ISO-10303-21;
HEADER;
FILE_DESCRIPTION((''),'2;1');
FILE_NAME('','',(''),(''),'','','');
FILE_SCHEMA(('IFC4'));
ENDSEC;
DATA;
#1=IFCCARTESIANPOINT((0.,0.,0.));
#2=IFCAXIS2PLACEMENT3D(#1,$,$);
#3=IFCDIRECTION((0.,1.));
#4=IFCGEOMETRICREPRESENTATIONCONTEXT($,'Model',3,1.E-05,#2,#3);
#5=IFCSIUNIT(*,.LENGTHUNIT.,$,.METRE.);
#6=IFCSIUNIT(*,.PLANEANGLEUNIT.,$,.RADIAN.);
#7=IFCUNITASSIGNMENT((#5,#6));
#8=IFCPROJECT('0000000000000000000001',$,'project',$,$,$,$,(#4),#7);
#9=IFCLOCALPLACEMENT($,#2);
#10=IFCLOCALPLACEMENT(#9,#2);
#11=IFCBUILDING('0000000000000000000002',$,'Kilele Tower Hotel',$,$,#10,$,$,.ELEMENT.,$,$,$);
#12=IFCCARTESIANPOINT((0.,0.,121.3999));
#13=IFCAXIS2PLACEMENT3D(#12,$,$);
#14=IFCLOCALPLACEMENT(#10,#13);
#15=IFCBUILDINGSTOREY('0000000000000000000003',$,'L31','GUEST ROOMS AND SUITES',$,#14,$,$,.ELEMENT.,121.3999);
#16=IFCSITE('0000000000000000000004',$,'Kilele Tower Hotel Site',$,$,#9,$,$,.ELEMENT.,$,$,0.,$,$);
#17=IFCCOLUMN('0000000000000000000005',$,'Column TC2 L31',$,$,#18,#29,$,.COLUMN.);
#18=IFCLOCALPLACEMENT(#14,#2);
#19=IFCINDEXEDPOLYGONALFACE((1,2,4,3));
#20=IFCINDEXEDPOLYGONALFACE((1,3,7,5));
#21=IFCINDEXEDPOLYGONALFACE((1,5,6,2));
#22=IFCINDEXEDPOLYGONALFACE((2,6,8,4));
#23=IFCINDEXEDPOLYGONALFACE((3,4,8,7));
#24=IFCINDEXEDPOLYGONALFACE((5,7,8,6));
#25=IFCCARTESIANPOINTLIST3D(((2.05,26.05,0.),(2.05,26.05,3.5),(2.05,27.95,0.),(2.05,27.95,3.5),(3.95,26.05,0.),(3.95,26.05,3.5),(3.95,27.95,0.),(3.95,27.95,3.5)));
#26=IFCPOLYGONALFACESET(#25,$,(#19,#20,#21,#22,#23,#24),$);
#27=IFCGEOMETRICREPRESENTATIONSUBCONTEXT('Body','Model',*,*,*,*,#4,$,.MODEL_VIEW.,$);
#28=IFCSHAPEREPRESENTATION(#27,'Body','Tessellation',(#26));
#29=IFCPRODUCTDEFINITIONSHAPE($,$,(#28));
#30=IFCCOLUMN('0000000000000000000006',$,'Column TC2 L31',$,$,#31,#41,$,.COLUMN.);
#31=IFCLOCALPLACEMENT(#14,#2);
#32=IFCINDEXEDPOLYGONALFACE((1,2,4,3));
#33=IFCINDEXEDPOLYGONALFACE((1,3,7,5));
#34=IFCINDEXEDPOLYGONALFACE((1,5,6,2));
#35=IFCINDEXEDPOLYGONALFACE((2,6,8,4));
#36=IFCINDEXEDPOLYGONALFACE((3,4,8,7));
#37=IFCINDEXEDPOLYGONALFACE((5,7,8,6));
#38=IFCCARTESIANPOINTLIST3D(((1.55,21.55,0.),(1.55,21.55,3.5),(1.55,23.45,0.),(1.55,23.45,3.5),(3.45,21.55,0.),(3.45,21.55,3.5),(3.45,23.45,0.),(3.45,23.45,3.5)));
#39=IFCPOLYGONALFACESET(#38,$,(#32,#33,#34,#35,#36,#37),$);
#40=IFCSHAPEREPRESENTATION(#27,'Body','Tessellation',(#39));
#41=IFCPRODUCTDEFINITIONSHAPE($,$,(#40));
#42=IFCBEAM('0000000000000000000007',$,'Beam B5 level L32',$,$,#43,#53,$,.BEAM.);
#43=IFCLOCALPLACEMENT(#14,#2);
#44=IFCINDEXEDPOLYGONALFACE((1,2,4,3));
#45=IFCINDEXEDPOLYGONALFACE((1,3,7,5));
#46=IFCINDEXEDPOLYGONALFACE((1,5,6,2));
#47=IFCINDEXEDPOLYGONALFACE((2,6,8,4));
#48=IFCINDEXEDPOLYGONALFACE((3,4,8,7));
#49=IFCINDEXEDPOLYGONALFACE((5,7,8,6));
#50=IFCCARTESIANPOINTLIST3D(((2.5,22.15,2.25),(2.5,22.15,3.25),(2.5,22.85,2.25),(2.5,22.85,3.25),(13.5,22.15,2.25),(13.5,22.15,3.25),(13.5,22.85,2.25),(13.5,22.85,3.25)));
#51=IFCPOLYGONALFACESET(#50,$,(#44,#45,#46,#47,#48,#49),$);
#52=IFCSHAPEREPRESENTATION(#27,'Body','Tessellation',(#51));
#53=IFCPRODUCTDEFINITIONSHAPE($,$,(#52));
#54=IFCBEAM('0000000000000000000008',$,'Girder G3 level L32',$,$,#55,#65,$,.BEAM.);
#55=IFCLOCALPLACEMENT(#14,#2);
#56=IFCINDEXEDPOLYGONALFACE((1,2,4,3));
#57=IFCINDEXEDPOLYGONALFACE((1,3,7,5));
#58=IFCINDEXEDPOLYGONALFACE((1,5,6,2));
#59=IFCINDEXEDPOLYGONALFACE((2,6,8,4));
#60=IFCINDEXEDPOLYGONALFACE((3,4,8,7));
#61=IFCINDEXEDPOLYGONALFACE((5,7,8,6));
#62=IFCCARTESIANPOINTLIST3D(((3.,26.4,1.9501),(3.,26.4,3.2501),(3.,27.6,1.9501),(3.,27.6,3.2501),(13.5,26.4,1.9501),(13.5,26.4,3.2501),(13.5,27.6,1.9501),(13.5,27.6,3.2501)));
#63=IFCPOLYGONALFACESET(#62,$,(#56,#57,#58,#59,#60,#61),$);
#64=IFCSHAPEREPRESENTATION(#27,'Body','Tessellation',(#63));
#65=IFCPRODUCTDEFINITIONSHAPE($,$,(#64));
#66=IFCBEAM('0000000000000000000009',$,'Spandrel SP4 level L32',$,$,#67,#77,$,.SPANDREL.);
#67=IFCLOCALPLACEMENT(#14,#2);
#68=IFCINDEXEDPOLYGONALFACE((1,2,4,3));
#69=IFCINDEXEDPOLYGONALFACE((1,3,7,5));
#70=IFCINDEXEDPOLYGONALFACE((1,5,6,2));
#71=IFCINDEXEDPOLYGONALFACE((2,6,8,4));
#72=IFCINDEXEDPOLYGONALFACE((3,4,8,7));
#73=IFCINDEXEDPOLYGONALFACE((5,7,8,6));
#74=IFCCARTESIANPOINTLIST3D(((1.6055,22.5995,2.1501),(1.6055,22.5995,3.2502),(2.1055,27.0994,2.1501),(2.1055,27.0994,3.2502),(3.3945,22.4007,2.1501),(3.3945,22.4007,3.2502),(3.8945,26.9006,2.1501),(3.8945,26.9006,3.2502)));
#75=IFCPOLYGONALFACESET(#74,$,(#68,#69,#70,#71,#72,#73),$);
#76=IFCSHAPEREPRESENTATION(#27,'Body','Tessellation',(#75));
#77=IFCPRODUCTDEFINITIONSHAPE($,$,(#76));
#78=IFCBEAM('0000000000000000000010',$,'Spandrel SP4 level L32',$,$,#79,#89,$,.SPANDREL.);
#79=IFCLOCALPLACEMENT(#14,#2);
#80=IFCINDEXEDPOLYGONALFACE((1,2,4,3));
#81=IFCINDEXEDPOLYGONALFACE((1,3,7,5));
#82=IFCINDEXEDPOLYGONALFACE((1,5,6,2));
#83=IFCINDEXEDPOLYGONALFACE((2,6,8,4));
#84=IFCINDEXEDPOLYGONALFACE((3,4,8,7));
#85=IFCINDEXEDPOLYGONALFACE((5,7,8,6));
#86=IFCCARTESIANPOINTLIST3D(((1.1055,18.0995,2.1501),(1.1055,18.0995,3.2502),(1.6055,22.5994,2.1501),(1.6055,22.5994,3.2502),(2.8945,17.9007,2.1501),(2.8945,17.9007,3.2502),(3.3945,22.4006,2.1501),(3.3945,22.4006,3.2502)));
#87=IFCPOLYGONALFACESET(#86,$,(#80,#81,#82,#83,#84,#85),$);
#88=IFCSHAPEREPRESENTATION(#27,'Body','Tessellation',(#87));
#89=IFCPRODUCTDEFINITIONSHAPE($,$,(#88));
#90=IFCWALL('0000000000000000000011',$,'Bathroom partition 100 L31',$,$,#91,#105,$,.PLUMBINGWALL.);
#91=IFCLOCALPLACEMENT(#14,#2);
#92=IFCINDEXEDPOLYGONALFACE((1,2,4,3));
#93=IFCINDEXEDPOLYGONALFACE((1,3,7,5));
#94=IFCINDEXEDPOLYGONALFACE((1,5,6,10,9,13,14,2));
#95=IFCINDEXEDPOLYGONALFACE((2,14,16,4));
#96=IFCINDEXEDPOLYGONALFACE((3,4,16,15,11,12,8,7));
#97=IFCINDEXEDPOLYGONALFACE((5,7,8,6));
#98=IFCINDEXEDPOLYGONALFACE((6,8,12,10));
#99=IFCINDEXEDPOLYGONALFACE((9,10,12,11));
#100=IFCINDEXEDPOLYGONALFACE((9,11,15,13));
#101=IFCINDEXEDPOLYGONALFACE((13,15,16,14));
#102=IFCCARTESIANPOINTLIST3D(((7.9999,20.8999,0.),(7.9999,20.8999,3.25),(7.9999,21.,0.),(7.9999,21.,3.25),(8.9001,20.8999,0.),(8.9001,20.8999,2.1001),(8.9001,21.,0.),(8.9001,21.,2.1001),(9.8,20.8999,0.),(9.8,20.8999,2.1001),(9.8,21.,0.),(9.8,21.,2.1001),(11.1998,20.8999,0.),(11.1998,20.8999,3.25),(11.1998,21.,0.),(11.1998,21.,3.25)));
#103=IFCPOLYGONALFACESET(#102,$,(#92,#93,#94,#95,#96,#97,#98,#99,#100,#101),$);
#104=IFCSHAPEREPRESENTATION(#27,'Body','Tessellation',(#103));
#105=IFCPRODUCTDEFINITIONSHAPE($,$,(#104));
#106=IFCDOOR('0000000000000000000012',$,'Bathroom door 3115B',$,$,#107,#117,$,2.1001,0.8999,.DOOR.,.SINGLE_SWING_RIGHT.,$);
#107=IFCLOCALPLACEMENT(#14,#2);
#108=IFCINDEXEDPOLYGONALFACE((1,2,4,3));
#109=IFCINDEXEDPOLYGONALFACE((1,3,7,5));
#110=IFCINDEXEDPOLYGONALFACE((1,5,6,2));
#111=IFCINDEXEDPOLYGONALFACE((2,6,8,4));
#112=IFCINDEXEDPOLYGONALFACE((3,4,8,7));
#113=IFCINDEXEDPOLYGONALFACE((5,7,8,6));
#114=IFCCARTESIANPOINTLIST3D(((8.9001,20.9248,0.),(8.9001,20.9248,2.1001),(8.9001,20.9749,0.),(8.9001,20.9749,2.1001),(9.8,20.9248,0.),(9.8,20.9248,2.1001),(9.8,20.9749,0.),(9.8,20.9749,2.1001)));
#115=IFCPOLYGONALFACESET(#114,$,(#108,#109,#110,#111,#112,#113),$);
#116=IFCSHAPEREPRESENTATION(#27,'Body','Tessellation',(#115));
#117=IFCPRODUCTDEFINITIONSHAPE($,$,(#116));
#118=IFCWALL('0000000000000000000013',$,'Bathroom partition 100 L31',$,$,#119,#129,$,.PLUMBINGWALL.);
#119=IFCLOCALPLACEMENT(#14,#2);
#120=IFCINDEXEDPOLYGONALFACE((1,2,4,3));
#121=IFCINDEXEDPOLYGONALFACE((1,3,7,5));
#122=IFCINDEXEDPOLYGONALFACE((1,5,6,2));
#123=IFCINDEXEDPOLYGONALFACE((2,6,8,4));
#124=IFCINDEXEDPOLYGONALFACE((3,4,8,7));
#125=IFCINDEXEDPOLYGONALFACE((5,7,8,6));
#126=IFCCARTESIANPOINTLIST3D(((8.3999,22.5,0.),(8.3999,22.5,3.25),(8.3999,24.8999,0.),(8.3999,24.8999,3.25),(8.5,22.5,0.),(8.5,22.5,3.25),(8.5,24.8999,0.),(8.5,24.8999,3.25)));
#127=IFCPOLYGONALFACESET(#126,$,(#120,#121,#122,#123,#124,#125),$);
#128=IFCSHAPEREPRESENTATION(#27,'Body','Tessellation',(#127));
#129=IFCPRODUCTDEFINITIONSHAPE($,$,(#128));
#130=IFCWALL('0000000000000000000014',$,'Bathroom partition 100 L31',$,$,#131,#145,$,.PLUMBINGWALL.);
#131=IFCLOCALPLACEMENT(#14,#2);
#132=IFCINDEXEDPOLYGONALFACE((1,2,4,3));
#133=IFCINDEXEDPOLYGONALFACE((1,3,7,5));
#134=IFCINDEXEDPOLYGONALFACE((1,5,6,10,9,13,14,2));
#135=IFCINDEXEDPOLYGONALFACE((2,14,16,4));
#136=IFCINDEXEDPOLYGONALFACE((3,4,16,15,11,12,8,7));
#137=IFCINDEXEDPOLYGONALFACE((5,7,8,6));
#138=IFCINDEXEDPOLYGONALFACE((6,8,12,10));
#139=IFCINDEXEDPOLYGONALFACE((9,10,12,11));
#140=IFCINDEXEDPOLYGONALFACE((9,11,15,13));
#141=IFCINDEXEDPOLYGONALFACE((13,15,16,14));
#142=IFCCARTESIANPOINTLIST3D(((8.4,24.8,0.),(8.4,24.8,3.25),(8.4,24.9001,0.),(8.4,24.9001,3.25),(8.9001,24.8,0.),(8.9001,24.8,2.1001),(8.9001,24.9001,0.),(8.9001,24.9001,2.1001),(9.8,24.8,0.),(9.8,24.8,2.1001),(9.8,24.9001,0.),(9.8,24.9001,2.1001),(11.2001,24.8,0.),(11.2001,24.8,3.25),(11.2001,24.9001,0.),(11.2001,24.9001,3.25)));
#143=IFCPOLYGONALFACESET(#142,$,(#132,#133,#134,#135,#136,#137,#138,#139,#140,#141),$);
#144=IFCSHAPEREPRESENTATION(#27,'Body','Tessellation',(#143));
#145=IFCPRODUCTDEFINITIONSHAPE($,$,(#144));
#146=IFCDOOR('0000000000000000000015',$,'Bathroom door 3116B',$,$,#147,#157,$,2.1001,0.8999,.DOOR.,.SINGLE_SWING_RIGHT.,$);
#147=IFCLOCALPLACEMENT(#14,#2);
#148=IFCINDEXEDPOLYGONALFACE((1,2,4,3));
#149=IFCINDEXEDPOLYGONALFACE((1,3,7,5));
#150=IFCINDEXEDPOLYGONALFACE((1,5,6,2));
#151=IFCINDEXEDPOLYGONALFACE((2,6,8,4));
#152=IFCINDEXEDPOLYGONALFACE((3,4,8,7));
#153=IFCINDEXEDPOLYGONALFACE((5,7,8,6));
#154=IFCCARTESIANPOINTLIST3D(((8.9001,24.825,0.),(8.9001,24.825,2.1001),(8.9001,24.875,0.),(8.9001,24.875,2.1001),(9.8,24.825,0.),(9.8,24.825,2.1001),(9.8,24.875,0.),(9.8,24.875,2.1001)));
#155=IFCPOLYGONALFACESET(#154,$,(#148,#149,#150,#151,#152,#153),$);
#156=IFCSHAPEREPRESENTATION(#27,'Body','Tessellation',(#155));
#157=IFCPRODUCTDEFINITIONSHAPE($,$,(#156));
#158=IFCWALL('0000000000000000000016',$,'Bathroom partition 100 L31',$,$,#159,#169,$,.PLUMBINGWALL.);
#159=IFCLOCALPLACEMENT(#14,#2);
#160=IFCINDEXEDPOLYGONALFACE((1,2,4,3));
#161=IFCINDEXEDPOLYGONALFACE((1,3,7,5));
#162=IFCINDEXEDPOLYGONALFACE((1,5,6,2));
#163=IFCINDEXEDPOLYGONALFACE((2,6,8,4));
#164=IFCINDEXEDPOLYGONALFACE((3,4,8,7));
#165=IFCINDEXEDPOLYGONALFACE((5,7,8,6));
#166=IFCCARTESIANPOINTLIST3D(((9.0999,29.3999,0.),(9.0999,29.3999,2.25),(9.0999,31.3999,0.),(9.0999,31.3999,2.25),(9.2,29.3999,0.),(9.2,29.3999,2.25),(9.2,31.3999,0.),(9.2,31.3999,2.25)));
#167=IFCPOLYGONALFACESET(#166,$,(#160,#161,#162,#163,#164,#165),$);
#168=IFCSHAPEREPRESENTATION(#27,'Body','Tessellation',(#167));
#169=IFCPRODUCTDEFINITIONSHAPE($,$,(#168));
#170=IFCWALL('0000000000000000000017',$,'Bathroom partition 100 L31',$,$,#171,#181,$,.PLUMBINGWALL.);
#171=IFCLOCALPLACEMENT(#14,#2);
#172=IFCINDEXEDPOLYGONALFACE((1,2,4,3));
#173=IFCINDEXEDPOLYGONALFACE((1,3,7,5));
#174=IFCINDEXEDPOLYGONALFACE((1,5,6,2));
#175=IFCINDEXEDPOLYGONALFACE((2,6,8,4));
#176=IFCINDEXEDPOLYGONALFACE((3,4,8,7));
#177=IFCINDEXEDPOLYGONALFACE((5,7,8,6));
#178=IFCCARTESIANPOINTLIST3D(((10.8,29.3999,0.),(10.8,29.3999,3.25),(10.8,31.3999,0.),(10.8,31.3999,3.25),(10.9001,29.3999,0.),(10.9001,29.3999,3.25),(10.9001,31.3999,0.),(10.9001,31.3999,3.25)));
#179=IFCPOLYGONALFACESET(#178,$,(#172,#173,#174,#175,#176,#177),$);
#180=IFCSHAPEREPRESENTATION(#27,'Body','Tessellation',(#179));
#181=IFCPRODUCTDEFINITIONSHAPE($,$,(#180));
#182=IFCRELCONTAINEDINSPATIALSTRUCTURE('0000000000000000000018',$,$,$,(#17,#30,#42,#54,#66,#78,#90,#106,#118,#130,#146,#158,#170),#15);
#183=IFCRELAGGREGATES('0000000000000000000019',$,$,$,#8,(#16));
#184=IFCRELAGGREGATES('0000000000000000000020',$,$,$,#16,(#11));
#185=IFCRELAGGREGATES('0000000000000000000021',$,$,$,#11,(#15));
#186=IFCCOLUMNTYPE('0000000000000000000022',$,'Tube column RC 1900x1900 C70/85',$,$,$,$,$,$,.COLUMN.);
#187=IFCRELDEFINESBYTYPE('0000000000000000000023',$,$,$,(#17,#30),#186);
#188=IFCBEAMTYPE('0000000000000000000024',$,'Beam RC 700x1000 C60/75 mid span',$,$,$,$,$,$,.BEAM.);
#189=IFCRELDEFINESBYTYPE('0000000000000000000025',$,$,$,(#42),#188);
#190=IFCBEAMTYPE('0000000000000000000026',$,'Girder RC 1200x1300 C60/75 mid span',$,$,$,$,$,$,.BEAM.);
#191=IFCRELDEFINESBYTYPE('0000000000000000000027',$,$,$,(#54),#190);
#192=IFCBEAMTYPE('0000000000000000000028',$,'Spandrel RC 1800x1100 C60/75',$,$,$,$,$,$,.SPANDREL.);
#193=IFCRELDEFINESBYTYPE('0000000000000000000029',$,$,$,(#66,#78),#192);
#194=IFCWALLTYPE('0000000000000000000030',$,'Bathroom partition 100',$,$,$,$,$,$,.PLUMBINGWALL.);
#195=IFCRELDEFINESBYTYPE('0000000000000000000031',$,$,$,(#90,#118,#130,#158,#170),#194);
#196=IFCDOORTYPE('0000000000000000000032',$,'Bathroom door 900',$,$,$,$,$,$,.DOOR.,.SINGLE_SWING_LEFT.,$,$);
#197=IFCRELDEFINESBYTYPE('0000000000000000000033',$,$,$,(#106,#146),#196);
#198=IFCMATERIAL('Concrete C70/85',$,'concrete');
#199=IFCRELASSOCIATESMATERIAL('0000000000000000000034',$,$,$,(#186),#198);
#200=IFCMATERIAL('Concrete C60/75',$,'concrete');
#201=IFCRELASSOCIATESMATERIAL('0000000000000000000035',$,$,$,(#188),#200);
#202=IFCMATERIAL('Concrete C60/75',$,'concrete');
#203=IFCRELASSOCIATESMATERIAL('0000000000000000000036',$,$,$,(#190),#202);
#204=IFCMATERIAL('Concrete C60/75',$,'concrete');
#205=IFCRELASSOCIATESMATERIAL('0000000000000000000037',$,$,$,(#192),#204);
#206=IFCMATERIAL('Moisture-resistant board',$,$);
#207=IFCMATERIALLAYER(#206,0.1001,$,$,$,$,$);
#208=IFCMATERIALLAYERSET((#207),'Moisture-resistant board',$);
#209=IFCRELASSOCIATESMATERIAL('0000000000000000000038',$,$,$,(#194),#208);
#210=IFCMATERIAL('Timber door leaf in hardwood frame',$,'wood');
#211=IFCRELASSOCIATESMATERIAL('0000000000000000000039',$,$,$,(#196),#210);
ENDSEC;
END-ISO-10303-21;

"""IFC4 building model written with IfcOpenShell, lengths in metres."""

from ifc_helpers import new_model, si_unit, direction, frame, frame_2d, origin, origin_2d, place, context, subcontext, project, spatial, rectangle, extrude, material, layer, layer_set, material_profile, profile_set, type_object, element, fill, save


model = new_model("IFC4")

# Units and contexts
model_context = context("Model", 3, precision=1e-05, world=origin(), true_north=direction((0.0, 1.0)))
body_context = subcontext(model_context, "Body", "Model", "MODEL_VIEW")
ifc_project = project(units=[si_unit("LENGTHUNIT", "METRE"), si_unit("PLANEANGLEUNIT", "RADIAN")], contexts=[model_context])

# Site, building, storey
site_placement = place(None, origin())
site = spatial("IfcSite", under=ifc_project, at=site_placement, Name="Kilele Tower Hotel Site", CompositionType="ELEMENT", RefElevation=0.0)
building_placement = place(site_placement, origin())
building = spatial("IfcBuilding", under=site, at=building_placement, Name="Kilele Tower Hotel", CompositionType="ELEMENT")
storey_placement = place(building_placement, frame((0.0, 0.0, 121.3999)))
storey = spatial("IfcBuildingStorey", under=building, at=storey_placement, Name="L31", Description="GUEST ROOMS AND SUITES", CompositionType="ELEMENT", Elevation=121.3999)

# Columns
ifc_material_1 = material(Name="Concrete C70/85", Category="concrete")
ifc_material_profile_1 = material_profile(ifc_material_1, rectangle(XDim=1.8999, YDim=1.8999, at=origin_2d()))
ifc_profile_set_1 = profile_set([ifc_material_profile_1], Name="Concrete C70/85")
column_type = type_object("IfcColumnType", Name="Tube column RC 1900x1900 C70/85", PredefinedType="COLUMN", material=ifc_profile_set_1)
for number, where, z_axis, x_axis, name in (
    (1, (3.0, 27.0, 0.0), (0.0, 0.0, 1.0), (1.0, 0.0, 0.0), "Column TC2 L31"),
    (2, (2.5, 22.5, 0.0), (0.0, 0.0, 1.0), (1.0, 0.0, 0.0), "Column TC2 L31"),
):
    element("IfcColumn", number, at=place(storey_placement, frame(where, z_axis=z_axis, x_axis=x_axis)), inside=storey, type_object=column_type, Name=name, PredefinedType="COLUMN", context=body_context, shape_type="SweptSolid", body=[
        extrude(rectangle(XDim=1.8999, YDim=1.8999, at=origin_2d()), origin(), (0.0, 0.0, 1.0), 3.5),
    ])

# Beams
ifc_material_2 = material(Name="Concrete C60/75", Category="concrete")
ifc_material_profile_2 = material_profile(ifc_material_2, rectangle(XDim=0.7, YDim=1.0, at=origin_2d()))
ifc_profile_set_2 = profile_set([ifc_material_profile_2], Name="Concrete C60/75")
beam_type_1 = type_object("IfcBeamType", Name="Beam RC 700x1000 C60/75 mid span", PredefinedType="BEAM", material=ifc_profile_set_2)
beam_1_placement = place(storey_placement, frame((2.5, 22.5, 2.75), z_axis=(1.0, 0.0, 0.0), x_axis=(0.0, 1.0, 0.0)))
element("IfcBeam", 3, at=beam_1_placement, inside=storey, type_object=beam_type_1, Name="Beam B5 level L32", PredefinedType="BEAM", context=body_context, shape_type="SweptSolid", body=[
    extrude(rectangle(XDim=0.7, YDim=1.0, at=origin_2d()), origin(), (0.0, 0.0, 1.0), 11.0),
])
ifc_material_3 = material(Name="Concrete C60/75", Category="concrete")
ifc_material_profile_3 = material_profile(ifc_material_3, rectangle(XDim=1.2, YDim=1.3, at=origin_2d()))
ifc_profile_set_3 = profile_set([ifc_material_profile_3], Name="Concrete C60/75")
beam_type_2 = type_object("IfcBeamType", Name="Girder RC 1200x1300 C60/75 mid span", PredefinedType="BEAM", material=ifc_profile_set_3)
beam_2_placement = place(storey_placement, frame((3.0, 27.0, 2.6001), z_axis=(1.0, 0.0, 0.0), x_axis=(0.0, 1.0, 0.0)))
element("IfcBeam", 4, at=beam_2_placement, inside=storey, type_object=beam_type_2, Name="Girder G3 level L32", PredefinedType="BEAM", context=body_context, shape_type="SweptSolid", body=[
    extrude(rectangle(XDim=1.2, YDim=1.3, at=origin_2d()), origin(), (0.0, 0.0, 1.0), 10.5),
])
ifc_material_4 = material(Name="Concrete C60/75", Category="concrete")
ifc_material_profile_4 = material_profile(ifc_material_4, rectangle(XDim=1.8, YDim=1.1001, at=origin_2d()))
ifc_profile_set_4 = profile_set([ifc_material_profile_4], Name="Concrete C60/75")
beam_type_3 = type_object("IfcBeamType", Name="Spandrel RC 1800x1100 C60/75", PredefinedType="SPANDREL", material=ifc_profile_set_4)
for number, where, z_axis, x_axis, name in (
    (5, (3.0, 27.0, 2.7002), (-0.110432, -0.993884, 0.0), (0.993884, -0.110432, 0.0), "Spandrel SP4 level L32"),
    (6, (2.5, 22.5, 2.7002), (-0.110432, -0.993884, 0.0), (0.993884, -0.110432, 0.0), "Spandrel SP4 level L32"),
):
    element("IfcBeam", number, at=place(storey_placement, frame(where, z_axis=z_axis, x_axis=x_axis)), inside=storey, type_object=beam_type_3, Name=name, PredefinedType="SPANDREL", context=body_context, shape_type="SweptSolid", body=[
        extrude(rectangle(XDim=1.8, YDim=1.1001, at=origin_2d()), origin(), (0.0, 0.0, 1.0), 4.5276),
    ])

# Wall, opening, door
ifc_material_5 = material(Name="Moisture-resistant board")
ifc_layer_1 = layer(ifc_material_5, 0.1001)
ifc_layer_set_1 = layer_set([ifc_layer_1], Name="Moisture-resistant board")
wall_type_1 = type_object("IfcWallType", Name="Bathroom partition 100", PredefinedType="PLUMBINGWALL", material=ifc_layer_set_1)
wall_1_placement = place(storey_placement, frame((11.2, 20.95, 0.0), z_axis=(0.0, 0.0, 1.0), x_axis=(-1.0, 0.0, 0.0)))
wall_1 = element("IfcWall", 7, at=wall_1_placement, inside=storey, type_object=wall_type_1, Name="Bathroom partition 100 L31", PredefinedType="PLUMBINGWALL", context=body_context, shape_type="SweptSolid", body=[
    extrude(rectangle(XDim=3.2, YDim=0.1001, at=frame_2d((1.6001, 0.0))), origin(), (0.0, 0.0, 1.0), 3.25),
])
opening_1_placement = place(wall_1_placement, frame((2.2998, 0.0, 0.0), z_axis=(0.0, 0.0, 1.0), x_axis=(-1.0, 0.0, 0.0)))
opening_1 = element("IfcOpeningElement", 8, at=opening_1_placement, cuts=wall_1, PredefinedType="OPENING", context=body_context, shape_type="SweptSolid", body=[
    extrude(rectangle(XDim=0.8999, YDim=2.1001, at=frame_2d((0.45, 1.05))), frame((0.0, 0.0601, 0.0), z_axis=(0.0, -1.0, 0.0), x_axis=(1.0, 0.0, 0.0)), (0.0, 0.0, 1.0), 0.1201),
])
ifc_material_6 = material(Name="Timber door leaf in hardwood frame", Category="wood")
door_type_1 = type_object("IfcDoorType", Name="Bathroom door 900", OperationType="SINGLE_SWING_LEFT", PredefinedType="DOOR", material=ifc_material_6)
door_1_placement = place(opening_1_placement, origin())
door_1 = element("IfcDoor", 9, at=door_1_placement, inside=storey, type_object=door_type_1, Name="Bathroom door 3115B", OperationType="SINGLE_SWING_RIGHT", OverallHeight=2.1001, OverallWidth=0.8999, PredefinedType="DOOR", context=body_context, shape_type="SweptSolid", body=[
    extrude(rectangle(XDim=0.8999, YDim=2.1001, at=frame_2d((0.45, 1.05))), frame((0.0, 0.0249, 0.0), z_axis=(0.0, -1.0, 0.0), x_axis=(1.0, 0.0, 0.0)), (0.0, 0.0, 1.0), 0.05),
])
fill(opening_1, door_1)

# Wall
wall_2_placement = place(storey_placement, frame((8.45, 22.5, 0.0), z_axis=(0.0, 0.0, 1.0), x_axis=(0.0, 1.0, 0.0)))
element("IfcWall", 10, at=wall_2_placement, inside=storey, type_object=wall_type_1, Name="Bathroom partition 100 L31", PredefinedType="PLUMBINGWALL", context=body_context, shape_type="SweptSolid", body=[
    extrude(rectangle(XDim=2.3999, YDim=0.1001, at=frame_2d((1.2, 0.0))), origin(), (0.0, 0.0, 1.0), 3.25),
])

# Wall, opening, door
wall_3_placement = place(storey_placement, frame((11.2, 24.8501, 0.0), z_axis=(0.0, 0.0, 1.0), x_axis=(-1.0, 0.0, 0.0)))
wall_3 = element("IfcWall", 11, at=wall_3_placement, inside=storey, type_object=wall_type_1, Name="Bathroom partition 100 L31", PredefinedType="PLUMBINGWALL", context=body_context, shape_type="SweptSolid", body=[
    extrude(rectangle(XDim=2.8, YDim=0.1001, at=frame_2d((1.3999, 0.0))), origin(), (0.0, 0.0, 1.0), 3.25),
])
opening_2_placement = place(wall_3_placement, frame((2.2998, 0.0, 0.0), z_axis=(0.0, 0.0, 1.0), x_axis=(-1.0, 0.0, 0.0)))
opening_2 = element("IfcOpeningElement", 12, at=opening_2_placement, cuts=wall_3, PredefinedType="OPENING", context=body_context, shape_type="SweptSolid", body=[
    extrude(rectangle(XDim=0.8999, YDim=2.1001, at=frame_2d((0.45, 1.05))), frame((0.0, 0.0601, 0.0), z_axis=(0.0, -1.0, 0.0), x_axis=(1.0, 0.0, 0.0)), (0.0, 0.0, 1.0), 0.1201),
])
door_2_placement = place(opening_2_placement, origin())
door_2 = element("IfcDoor", 13, at=door_2_placement, inside=storey, type_object=door_type_1, Name="Bathroom door 3116B", OperationType="SINGLE_SWING_RIGHT", OverallHeight=2.1001, OverallWidth=0.8999, PredefinedType="DOOR", context=body_context, shape_type="SweptSolid", body=[
    extrude(rectangle(XDim=0.8999, YDim=2.1001, at=frame_2d((0.45, 1.05))), frame((0.0, 0.0249, 0.0), z_axis=(0.0, -1.0, 0.0), x_axis=(1.0, 0.0, 0.0)), (0.0, 0.0, 1.0), 0.05),
])
fill(opening_2, door_2)

# Walls
wall_4_placement = place(storey_placement, frame((9.1499, 31.3999, 0.0), z_axis=(0.0, 0.0, 1.0), x_axis=(0.0, -1.0, 0.0)))
element("IfcWall", 14, at=wall_4_placement, inside=storey, type_object=wall_type_1, Name="Bathroom partition 100 L31", PredefinedType="PLUMBINGWALL", context=body_context, shape_type="SweptSolid", body=[
    extrude(rectangle(XDim=2.0, YDim=0.1001, at=frame_2d((1.0, 0.0))), origin(), (0.0, 0.0, 1.0), 2.25),
])
wall_5_placement = place(storey_placement, frame((10.8501, 31.3999, 0.0), z_axis=(0.0, 0.0, 1.0), x_axis=(0.0, -1.0, 0.0)))
element("IfcWall", 15, at=wall_5_placement, inside=storey, type_object=wall_type_1, Name="Bathroom partition 100 L31", PredefinedType="PLUMBINGWALL", context=body_context, shape_type="SweptSolid", body=[
    extrude(rectangle(XDim=2.0, YDim=0.1001, at=frame_2d((1.0, 0.0))), origin(), (0.0, 0.0, 1.0), 3.25),
])

save(model, "model.ifc")
